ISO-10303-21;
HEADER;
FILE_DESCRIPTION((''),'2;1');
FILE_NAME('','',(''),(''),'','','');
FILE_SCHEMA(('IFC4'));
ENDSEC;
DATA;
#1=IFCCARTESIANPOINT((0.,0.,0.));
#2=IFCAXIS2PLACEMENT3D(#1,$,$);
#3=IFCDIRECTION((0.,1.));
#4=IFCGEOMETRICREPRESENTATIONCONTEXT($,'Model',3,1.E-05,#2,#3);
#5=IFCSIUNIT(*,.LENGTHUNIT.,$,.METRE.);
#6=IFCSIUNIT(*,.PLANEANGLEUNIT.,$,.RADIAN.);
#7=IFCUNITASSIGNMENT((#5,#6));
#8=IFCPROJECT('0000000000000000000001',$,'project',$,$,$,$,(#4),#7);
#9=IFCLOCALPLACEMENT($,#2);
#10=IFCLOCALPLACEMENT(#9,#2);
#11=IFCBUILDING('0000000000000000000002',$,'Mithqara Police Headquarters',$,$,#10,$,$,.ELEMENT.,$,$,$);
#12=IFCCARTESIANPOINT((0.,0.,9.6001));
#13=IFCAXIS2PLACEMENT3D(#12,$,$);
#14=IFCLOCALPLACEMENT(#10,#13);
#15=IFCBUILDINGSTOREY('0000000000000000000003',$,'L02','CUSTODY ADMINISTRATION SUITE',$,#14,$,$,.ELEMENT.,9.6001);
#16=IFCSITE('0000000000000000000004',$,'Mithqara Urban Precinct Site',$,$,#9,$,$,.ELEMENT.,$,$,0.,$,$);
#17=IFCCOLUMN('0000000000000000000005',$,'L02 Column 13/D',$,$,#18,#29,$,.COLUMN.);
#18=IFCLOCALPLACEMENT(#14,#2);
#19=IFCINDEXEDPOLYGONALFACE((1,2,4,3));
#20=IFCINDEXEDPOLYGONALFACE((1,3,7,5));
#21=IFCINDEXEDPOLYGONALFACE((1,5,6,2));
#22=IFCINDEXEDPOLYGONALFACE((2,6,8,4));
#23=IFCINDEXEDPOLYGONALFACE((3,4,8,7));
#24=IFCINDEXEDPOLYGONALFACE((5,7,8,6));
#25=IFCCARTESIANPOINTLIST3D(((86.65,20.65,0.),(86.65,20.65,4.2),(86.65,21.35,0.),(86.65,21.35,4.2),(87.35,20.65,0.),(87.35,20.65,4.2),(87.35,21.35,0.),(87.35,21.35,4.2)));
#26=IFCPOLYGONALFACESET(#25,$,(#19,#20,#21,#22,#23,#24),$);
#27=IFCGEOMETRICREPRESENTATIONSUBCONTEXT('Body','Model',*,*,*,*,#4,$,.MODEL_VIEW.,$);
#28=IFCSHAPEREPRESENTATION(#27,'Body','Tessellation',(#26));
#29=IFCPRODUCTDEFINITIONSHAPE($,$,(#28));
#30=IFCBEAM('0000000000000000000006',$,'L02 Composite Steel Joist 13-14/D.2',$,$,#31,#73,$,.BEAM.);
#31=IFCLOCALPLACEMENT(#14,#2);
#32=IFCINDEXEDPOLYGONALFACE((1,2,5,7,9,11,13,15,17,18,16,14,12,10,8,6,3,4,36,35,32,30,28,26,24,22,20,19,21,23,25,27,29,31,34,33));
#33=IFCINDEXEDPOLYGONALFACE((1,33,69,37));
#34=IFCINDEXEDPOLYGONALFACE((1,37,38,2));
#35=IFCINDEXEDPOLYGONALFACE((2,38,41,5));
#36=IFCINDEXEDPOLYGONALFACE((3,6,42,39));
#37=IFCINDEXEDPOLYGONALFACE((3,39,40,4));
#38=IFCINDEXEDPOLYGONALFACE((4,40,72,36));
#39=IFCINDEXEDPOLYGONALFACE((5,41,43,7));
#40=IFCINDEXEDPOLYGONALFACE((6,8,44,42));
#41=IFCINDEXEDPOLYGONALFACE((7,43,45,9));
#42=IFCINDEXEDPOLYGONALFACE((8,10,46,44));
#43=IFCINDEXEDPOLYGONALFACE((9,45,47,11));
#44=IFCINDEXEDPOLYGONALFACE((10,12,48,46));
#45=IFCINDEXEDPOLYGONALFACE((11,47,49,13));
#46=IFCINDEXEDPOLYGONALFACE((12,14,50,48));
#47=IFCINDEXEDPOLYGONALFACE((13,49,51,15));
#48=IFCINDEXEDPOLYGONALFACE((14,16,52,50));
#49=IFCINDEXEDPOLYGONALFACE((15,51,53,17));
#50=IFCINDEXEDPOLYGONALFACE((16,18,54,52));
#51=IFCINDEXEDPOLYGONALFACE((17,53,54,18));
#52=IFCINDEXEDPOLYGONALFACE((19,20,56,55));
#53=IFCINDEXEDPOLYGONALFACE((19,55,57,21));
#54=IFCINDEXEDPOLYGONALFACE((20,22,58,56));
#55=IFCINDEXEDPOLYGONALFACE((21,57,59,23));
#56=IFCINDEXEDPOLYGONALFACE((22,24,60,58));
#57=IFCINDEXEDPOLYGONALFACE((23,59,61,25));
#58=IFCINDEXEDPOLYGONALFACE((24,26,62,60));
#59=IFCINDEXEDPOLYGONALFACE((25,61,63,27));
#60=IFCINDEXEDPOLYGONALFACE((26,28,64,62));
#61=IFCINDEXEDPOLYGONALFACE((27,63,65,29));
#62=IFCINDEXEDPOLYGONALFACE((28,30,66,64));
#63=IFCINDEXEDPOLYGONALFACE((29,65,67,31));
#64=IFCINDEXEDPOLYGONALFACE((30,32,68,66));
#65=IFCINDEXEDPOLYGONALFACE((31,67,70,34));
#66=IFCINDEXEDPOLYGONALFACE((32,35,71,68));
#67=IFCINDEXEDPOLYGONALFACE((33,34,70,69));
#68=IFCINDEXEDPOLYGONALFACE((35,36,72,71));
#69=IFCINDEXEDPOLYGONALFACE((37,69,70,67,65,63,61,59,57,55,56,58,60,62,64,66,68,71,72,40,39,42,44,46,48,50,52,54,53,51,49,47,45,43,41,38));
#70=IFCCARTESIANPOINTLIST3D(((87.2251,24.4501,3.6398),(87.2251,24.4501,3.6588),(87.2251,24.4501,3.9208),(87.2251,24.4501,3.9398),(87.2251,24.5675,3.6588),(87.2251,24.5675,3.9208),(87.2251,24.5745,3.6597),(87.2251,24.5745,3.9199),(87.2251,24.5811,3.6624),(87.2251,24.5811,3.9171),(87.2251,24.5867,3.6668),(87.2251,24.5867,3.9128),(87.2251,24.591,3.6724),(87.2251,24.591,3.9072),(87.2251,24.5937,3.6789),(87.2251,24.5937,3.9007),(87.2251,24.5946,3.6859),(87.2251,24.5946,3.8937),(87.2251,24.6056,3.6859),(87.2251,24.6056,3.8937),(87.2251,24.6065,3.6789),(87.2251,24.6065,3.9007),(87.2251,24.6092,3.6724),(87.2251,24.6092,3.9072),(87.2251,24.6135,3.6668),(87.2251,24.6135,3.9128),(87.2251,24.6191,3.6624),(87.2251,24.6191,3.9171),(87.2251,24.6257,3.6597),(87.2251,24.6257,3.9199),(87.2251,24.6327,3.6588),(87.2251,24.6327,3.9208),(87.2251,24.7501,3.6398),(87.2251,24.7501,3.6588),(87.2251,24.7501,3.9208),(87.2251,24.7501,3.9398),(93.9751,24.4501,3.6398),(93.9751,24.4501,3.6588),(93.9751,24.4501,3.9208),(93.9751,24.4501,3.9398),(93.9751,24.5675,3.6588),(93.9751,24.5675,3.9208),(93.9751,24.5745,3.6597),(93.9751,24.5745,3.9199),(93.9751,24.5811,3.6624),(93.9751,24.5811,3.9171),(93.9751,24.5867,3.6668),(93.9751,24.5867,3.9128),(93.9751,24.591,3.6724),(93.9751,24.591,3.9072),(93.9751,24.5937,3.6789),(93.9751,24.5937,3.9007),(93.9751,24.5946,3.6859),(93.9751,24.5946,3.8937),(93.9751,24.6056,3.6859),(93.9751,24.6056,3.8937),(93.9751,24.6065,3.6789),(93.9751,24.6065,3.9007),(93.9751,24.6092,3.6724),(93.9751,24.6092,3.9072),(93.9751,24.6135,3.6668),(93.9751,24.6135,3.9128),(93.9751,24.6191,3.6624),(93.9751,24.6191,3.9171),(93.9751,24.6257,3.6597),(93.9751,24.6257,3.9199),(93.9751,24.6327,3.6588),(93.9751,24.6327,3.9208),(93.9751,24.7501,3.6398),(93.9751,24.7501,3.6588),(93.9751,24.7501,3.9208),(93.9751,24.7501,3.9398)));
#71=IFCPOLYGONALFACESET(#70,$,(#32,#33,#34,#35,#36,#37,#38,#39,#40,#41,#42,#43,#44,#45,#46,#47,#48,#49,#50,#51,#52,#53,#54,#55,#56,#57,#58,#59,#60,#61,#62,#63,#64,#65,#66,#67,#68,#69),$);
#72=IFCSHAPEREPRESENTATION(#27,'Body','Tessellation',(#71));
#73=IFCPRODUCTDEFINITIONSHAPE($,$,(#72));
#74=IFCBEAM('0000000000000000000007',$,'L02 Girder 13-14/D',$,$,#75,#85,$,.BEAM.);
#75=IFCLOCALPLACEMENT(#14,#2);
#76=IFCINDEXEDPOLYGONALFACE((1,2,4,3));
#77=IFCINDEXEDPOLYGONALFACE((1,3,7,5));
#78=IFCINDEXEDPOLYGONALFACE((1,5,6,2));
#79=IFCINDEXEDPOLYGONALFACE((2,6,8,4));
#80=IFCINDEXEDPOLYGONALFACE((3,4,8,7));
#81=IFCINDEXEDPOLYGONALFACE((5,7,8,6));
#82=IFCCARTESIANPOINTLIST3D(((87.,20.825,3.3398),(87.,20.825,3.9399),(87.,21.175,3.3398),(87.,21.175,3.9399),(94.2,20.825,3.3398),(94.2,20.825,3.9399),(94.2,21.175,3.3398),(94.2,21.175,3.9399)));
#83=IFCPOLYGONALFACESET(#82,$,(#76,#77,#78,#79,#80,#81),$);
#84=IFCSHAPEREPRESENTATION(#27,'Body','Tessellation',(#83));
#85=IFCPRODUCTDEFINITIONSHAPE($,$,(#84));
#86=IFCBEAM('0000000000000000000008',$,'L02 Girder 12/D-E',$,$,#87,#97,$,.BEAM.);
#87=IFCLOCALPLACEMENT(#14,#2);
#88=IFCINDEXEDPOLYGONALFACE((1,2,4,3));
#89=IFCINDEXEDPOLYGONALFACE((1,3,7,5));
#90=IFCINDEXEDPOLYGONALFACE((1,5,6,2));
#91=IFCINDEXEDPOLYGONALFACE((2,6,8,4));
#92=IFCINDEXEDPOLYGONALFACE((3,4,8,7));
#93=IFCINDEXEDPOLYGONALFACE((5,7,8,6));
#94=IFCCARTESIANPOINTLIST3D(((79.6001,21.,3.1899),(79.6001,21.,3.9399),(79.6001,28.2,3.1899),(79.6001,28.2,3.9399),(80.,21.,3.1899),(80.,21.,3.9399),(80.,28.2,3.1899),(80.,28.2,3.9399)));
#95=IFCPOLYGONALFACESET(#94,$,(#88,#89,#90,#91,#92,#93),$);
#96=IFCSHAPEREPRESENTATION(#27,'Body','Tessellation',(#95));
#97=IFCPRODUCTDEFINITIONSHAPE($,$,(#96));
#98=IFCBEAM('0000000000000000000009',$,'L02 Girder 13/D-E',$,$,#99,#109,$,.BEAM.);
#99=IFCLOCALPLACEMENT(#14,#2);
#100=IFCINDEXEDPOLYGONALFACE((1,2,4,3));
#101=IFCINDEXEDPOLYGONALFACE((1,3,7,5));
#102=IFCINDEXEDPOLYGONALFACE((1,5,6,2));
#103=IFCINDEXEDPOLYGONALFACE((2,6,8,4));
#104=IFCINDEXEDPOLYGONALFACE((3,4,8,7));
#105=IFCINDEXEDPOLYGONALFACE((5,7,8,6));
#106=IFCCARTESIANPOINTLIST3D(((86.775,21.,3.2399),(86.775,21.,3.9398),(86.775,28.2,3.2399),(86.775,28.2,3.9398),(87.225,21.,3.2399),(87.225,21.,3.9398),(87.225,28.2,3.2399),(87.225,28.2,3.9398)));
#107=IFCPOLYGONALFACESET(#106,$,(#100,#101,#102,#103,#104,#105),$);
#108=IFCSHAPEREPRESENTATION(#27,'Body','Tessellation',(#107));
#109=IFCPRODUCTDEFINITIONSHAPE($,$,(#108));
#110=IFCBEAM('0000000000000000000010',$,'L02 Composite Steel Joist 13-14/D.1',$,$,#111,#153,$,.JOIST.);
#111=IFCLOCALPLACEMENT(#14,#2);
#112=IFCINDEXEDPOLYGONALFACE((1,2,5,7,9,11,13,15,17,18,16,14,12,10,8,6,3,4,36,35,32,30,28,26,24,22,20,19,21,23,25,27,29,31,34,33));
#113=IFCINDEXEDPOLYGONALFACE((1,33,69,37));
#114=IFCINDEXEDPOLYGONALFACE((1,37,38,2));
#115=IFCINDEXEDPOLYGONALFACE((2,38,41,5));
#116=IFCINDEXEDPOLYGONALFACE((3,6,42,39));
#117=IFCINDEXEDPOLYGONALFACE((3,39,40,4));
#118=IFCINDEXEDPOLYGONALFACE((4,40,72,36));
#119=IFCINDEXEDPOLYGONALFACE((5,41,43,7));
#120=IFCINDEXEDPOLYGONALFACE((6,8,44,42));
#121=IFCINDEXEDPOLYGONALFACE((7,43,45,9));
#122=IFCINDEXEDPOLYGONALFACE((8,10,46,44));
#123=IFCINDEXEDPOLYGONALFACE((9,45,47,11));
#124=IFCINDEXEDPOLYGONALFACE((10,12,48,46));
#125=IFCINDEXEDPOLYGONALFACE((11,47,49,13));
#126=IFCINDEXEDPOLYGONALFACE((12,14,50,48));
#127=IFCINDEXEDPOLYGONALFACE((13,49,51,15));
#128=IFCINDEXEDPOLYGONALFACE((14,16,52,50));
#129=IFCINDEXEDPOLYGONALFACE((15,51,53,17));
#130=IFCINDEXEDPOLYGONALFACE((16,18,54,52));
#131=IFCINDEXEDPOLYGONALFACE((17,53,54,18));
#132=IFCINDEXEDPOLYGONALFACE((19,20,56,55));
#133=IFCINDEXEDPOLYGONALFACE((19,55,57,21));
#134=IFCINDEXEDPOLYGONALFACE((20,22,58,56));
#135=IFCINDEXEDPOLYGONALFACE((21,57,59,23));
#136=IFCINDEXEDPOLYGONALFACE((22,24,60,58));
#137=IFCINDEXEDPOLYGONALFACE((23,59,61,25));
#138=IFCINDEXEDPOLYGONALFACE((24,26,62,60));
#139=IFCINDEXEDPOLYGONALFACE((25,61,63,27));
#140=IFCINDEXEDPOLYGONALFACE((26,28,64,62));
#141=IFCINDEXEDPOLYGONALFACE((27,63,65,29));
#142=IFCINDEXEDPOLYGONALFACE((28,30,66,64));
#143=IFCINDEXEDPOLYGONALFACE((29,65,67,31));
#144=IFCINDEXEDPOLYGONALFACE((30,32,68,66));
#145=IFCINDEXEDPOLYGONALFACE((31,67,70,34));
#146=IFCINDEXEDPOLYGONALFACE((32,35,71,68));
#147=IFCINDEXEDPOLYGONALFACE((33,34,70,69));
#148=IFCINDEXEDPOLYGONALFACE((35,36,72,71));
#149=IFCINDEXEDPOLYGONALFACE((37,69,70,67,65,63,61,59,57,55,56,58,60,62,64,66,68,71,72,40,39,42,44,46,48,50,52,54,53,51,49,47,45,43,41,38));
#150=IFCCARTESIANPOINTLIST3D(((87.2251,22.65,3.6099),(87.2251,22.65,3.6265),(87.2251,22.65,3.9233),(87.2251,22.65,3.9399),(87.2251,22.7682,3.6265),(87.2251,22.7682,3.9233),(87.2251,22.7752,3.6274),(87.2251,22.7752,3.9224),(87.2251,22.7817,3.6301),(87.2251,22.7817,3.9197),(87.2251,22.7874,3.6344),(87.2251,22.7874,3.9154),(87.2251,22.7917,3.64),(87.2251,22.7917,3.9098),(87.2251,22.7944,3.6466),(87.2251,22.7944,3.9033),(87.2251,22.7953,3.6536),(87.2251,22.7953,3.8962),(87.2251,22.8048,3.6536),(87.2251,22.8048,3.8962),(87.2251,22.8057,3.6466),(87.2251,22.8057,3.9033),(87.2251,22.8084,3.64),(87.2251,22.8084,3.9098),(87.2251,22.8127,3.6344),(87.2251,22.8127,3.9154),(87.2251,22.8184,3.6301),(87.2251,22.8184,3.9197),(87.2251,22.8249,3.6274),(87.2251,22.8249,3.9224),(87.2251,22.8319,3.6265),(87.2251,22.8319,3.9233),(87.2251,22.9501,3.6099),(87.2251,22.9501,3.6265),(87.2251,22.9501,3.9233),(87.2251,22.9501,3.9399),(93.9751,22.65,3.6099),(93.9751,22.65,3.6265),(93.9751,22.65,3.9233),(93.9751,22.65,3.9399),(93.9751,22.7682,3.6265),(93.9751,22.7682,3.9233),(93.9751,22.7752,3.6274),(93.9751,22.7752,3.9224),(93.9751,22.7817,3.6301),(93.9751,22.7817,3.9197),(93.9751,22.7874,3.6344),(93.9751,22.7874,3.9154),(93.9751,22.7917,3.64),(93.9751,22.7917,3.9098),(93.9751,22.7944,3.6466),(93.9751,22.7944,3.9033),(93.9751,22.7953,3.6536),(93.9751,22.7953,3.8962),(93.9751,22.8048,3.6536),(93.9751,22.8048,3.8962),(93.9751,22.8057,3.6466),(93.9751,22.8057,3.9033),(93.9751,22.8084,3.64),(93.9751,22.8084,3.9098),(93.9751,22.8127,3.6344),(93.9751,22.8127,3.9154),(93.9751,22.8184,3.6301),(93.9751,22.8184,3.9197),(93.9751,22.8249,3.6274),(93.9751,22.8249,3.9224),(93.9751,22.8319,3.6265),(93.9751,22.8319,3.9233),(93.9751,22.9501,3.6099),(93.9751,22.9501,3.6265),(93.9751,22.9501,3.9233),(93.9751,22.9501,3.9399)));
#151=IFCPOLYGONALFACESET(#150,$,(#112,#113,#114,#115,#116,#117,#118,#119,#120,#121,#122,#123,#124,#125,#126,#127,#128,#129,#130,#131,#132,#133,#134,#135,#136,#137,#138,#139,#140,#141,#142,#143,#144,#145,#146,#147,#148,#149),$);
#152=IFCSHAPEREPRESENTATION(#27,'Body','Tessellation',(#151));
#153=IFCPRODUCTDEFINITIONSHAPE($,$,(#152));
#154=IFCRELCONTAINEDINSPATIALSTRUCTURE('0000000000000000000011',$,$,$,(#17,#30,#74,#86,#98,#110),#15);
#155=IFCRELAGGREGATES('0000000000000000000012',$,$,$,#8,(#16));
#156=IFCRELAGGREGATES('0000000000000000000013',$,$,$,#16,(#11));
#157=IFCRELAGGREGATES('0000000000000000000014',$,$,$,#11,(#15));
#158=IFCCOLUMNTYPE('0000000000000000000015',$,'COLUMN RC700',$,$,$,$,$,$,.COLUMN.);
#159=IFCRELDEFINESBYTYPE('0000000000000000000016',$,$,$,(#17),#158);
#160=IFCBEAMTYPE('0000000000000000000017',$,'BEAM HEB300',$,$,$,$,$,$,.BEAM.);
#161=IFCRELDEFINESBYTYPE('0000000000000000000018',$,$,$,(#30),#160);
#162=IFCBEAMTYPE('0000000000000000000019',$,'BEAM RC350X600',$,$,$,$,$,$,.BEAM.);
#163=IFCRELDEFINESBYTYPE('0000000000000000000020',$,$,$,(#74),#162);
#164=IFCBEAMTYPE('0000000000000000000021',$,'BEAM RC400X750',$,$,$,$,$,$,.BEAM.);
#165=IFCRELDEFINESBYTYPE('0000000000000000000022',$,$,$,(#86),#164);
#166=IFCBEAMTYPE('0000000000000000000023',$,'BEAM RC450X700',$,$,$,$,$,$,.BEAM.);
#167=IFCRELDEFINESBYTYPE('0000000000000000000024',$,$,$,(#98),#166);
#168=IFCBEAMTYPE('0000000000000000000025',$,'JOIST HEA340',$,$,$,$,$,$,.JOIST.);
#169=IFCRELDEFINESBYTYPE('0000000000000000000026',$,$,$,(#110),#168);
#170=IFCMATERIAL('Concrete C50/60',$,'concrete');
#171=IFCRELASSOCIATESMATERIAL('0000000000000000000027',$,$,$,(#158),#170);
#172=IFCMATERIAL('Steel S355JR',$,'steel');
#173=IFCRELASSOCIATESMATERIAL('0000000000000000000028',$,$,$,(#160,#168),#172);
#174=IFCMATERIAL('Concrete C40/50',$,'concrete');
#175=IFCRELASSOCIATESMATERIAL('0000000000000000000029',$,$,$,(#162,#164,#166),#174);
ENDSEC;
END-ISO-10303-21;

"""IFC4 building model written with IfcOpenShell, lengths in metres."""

from ifc_helpers import new_model, si_unit, direction, frame, origin, origin_2d, place, context, subcontext, project, spatial, rectangle, i_section, extrude, material, material_profile, profile_set, type_object, element, save


model = new_model("IFC4")

# Units and contexts
model_context = context("Model", 3, precision=1e-05, world=origin(), true_north=direction((0.0, 1.0)))
body_context = subcontext(model_context, "Body", "Model", "MODEL_VIEW")
ifc_project = project(units=[si_unit("LENGTHUNIT", "METRE"), si_unit("PLANEANGLEUNIT", "RADIAN")], contexts=[model_context])

# Site, building, storey
site_placement = place(None, origin())
site = spatial("IfcSite", under=ifc_project, at=site_placement, Name="Mithqara Urban Precinct Site", CompositionType="ELEMENT", RefElevation=0.0)
building_placement = place(site_placement, origin())
building = spatial("IfcBuilding", under=site, at=building_placement, Name="Mithqara Police Headquarters", CompositionType="ELEMENT")
storey_placement = place(building_placement, frame((0.0, 0.0, 9.6001)))
storey = spatial("IfcBuildingStorey", under=building, at=storey_placement, Name="L02", Description="CUSTODY ADMINISTRATION SUITE", CompositionType="ELEMENT", Elevation=9.6001)

# Column
ifc_material_1 = material(Name="Concrete C50/60", Category="concrete")
ifc_material_profile_1 = material_profile(ifc_material_1, rectangle(XDim=0.7, YDim=0.7, at=origin_2d()), Name="RC 700x700")
ifc_profile_set_1 = profile_set([ifc_material_profile_1], Name="Concrete C50/60")
column_type = type_object("IfcColumnType", Name="COLUMN RC700", PredefinedType="COLUMN", material=ifc_profile_set_1)
column_placement = place(storey_placement, frame((87.0, 21.0, 0.0), z_axis=(0.0, 0.0, 1.0), x_axis=(1.0, 0.0, 0.0)))
element("IfcColumn", 1, at=column_placement, inside=storey, type_object=column_type, Name="L02 Column 13/D", PredefinedType="COLUMN", context=body_context, shape_type="SweptSolid", body=[
    extrude(rectangle(XDim=0.7, YDim=0.7, at=origin_2d()), origin(), (0.0, 0.0, 1.0), 4.2),
])

# Beams
ifc_material_2 = material(Name="Steel S355JR", Category="steel")
ifc_material_profile_2 = material_profile(ifc_material_2, i_section(OverallWidth=0.3, OverallDepth=0.3, WebThickness=0.011, FlangeThickness=0.019, FilletRadius=0.0271, at=origin_2d()), Name="HEB 300")
ifc_profile_set_2 = profile_set([ifc_material_profile_2], Name="Steel S355JR")
beam_type_1 = type_object("IfcBeamType", Name="BEAM HEB300", PredefinedType="BEAM", material=ifc_profile_set_2)
beam_1_placement = place(storey_placement, frame((87.2251, 24.6001, 3.7898), z_axis=(1.0, 0.0, 0.0), x_axis=(0.0, 1.0, 0.0)))
element("IfcBeam", 2, at=beam_1_placement, inside=storey, type_object=beam_type_1, Name="L02 Composite Steel Joist 13-14/D.2", PredefinedType="BEAM", context=body_context, shape_type="SweptSolid", body=[
    extrude(i_section(OverallWidth=0.3, OverallDepth=0.3, WebThickness=0.011, FlangeThickness=0.019, FilletRadius=0.0271, at=origin_2d()), origin(), (0.0, 0.0, 1.0), 6.75),
])
ifc_material_3 = material(Name="Concrete C40/50", Category="concrete")
ifc_material_profile_3 = material_profile(ifc_material_3, rectangle(XDim=0.3501, YDim=0.6001, at=origin_2d()), Name="RC 350x600")
ifc_profile_set_3 = profile_set([ifc_material_profile_3], Name="Concrete C40/50")
beam_type_2 = type_object("IfcBeamType", Name="BEAM RC350X600", PredefinedType="BEAM", material=ifc_profile_set_3)
beam_2_placement = place(storey_placement, frame((87.0, 21.0, 3.6399), z_axis=(1.0, 0.0, 0.0), x_axis=(0.0, 1.0, 0.0)))
element("IfcBeam", 3, at=beam_2_placement, inside=storey, type_object=beam_type_2, Name="L02 Girder 13-14/D", PredefinedType="BEAM", context=body_context, shape_type="SweptSolid", body=[
    extrude(rectangle(XDim=0.3501, YDim=0.6001, at=origin_2d()), origin(), (0.0, 0.0, 1.0), 7.2),
])
ifc_material_profile_4 = material_profile(ifc_material_3, rectangle(XDim=0.3999, YDim=0.75, at=origin_2d()), Name="RC 400x750")
ifc_profile_set_4 = profile_set([ifc_material_profile_4], Name="Concrete C40/50")
beam_type_3 = type_object("IfcBeamType", Name="BEAM RC400X750", PredefinedType="BEAM", material=ifc_profile_set_4)
beam_3_placement = place(storey_placement, frame((79.8, 21.0, 3.5649), z_axis=(0.0, 1.0, 0.0), x_axis=(-1.0, 0.0, 0.0)))
element("IfcBeam", 4, at=beam_3_placement, inside=storey, type_object=beam_type_3, Name="L02 Girder 12/D-E", PredefinedType="BEAM", context=body_context, shape_type="SweptSolid", body=[
    extrude(rectangle(XDim=0.3999, YDim=0.75, at=origin_2d()), origin(), (0.0, 0.0, 1.0), 7.2),
])
ifc_material_profile_5 = material_profile(ifc_material_3, rectangle(XDim=0.45, YDim=0.7, at=origin_2d()), Name="RC 450x700")
ifc_profile_set_5 = profile_set([ifc_material_profile_5], Name="Concrete C40/50")
beam_type_4 = type_object("IfcBeamType", Name="BEAM RC450X700", PredefinedType="BEAM", material=ifc_profile_set_5)
beam_4_placement = place(storey_placement, frame((87.0, 21.0, 3.5898), z_axis=(0.0, 1.0, 0.0), x_axis=(-1.0, 0.0, 0.0)))
element("IfcBeam", 5, at=beam_4_placement, inside=storey, type_object=beam_type_4, Name="L02 Girder 13/D-E", PredefinedType="BEAM", context=body_context, shape_type="SweptSolid", body=[
    extrude(rectangle(XDim=0.45, YDim=0.7, at=origin_2d()), origin(), (0.0, 0.0, 1.0), 7.2),
])
ifc_material_profile_6 = material_profile(ifc_material_2, i_section(OverallWidth=0.3, OverallDepth=0.3301, WebThickness=0.0095, FlangeThickness=0.0166, FilletRadius=0.0271, at=origin_2d()), Name="HEA 340")
ifc_profile_set_6 = profile_set([ifc_material_profile_6], Name="Steel S355JR")
beam_type_5 = type_object("IfcBeamType", Name="JOIST HEA340", PredefinedType="JOIST", material=ifc_profile_set_6)
beam_5_placement = place(storey_placement, frame((87.2251, 22.8, 3.7749), z_axis=(1.0, 0.0, 0.0), x_axis=(0.0, 1.0, 0.0)))
element("IfcBeam", 6, at=beam_5_placement, inside=storey, type_object=beam_type_5, Name="L02 Composite Steel Joist 13-14/D.1", PredefinedType="JOIST", context=body_context, shape_type="SweptSolid", body=[
    extrude(i_section(OverallWidth=0.3, OverallDepth=0.3301, WebThickness=0.0095, FlangeThickness=0.0166, FilletRadius=0.0271, at=origin_2d()), origin(), (0.0, 0.0, 1.0), 6.75),
])

save(model, "model.ifc")
